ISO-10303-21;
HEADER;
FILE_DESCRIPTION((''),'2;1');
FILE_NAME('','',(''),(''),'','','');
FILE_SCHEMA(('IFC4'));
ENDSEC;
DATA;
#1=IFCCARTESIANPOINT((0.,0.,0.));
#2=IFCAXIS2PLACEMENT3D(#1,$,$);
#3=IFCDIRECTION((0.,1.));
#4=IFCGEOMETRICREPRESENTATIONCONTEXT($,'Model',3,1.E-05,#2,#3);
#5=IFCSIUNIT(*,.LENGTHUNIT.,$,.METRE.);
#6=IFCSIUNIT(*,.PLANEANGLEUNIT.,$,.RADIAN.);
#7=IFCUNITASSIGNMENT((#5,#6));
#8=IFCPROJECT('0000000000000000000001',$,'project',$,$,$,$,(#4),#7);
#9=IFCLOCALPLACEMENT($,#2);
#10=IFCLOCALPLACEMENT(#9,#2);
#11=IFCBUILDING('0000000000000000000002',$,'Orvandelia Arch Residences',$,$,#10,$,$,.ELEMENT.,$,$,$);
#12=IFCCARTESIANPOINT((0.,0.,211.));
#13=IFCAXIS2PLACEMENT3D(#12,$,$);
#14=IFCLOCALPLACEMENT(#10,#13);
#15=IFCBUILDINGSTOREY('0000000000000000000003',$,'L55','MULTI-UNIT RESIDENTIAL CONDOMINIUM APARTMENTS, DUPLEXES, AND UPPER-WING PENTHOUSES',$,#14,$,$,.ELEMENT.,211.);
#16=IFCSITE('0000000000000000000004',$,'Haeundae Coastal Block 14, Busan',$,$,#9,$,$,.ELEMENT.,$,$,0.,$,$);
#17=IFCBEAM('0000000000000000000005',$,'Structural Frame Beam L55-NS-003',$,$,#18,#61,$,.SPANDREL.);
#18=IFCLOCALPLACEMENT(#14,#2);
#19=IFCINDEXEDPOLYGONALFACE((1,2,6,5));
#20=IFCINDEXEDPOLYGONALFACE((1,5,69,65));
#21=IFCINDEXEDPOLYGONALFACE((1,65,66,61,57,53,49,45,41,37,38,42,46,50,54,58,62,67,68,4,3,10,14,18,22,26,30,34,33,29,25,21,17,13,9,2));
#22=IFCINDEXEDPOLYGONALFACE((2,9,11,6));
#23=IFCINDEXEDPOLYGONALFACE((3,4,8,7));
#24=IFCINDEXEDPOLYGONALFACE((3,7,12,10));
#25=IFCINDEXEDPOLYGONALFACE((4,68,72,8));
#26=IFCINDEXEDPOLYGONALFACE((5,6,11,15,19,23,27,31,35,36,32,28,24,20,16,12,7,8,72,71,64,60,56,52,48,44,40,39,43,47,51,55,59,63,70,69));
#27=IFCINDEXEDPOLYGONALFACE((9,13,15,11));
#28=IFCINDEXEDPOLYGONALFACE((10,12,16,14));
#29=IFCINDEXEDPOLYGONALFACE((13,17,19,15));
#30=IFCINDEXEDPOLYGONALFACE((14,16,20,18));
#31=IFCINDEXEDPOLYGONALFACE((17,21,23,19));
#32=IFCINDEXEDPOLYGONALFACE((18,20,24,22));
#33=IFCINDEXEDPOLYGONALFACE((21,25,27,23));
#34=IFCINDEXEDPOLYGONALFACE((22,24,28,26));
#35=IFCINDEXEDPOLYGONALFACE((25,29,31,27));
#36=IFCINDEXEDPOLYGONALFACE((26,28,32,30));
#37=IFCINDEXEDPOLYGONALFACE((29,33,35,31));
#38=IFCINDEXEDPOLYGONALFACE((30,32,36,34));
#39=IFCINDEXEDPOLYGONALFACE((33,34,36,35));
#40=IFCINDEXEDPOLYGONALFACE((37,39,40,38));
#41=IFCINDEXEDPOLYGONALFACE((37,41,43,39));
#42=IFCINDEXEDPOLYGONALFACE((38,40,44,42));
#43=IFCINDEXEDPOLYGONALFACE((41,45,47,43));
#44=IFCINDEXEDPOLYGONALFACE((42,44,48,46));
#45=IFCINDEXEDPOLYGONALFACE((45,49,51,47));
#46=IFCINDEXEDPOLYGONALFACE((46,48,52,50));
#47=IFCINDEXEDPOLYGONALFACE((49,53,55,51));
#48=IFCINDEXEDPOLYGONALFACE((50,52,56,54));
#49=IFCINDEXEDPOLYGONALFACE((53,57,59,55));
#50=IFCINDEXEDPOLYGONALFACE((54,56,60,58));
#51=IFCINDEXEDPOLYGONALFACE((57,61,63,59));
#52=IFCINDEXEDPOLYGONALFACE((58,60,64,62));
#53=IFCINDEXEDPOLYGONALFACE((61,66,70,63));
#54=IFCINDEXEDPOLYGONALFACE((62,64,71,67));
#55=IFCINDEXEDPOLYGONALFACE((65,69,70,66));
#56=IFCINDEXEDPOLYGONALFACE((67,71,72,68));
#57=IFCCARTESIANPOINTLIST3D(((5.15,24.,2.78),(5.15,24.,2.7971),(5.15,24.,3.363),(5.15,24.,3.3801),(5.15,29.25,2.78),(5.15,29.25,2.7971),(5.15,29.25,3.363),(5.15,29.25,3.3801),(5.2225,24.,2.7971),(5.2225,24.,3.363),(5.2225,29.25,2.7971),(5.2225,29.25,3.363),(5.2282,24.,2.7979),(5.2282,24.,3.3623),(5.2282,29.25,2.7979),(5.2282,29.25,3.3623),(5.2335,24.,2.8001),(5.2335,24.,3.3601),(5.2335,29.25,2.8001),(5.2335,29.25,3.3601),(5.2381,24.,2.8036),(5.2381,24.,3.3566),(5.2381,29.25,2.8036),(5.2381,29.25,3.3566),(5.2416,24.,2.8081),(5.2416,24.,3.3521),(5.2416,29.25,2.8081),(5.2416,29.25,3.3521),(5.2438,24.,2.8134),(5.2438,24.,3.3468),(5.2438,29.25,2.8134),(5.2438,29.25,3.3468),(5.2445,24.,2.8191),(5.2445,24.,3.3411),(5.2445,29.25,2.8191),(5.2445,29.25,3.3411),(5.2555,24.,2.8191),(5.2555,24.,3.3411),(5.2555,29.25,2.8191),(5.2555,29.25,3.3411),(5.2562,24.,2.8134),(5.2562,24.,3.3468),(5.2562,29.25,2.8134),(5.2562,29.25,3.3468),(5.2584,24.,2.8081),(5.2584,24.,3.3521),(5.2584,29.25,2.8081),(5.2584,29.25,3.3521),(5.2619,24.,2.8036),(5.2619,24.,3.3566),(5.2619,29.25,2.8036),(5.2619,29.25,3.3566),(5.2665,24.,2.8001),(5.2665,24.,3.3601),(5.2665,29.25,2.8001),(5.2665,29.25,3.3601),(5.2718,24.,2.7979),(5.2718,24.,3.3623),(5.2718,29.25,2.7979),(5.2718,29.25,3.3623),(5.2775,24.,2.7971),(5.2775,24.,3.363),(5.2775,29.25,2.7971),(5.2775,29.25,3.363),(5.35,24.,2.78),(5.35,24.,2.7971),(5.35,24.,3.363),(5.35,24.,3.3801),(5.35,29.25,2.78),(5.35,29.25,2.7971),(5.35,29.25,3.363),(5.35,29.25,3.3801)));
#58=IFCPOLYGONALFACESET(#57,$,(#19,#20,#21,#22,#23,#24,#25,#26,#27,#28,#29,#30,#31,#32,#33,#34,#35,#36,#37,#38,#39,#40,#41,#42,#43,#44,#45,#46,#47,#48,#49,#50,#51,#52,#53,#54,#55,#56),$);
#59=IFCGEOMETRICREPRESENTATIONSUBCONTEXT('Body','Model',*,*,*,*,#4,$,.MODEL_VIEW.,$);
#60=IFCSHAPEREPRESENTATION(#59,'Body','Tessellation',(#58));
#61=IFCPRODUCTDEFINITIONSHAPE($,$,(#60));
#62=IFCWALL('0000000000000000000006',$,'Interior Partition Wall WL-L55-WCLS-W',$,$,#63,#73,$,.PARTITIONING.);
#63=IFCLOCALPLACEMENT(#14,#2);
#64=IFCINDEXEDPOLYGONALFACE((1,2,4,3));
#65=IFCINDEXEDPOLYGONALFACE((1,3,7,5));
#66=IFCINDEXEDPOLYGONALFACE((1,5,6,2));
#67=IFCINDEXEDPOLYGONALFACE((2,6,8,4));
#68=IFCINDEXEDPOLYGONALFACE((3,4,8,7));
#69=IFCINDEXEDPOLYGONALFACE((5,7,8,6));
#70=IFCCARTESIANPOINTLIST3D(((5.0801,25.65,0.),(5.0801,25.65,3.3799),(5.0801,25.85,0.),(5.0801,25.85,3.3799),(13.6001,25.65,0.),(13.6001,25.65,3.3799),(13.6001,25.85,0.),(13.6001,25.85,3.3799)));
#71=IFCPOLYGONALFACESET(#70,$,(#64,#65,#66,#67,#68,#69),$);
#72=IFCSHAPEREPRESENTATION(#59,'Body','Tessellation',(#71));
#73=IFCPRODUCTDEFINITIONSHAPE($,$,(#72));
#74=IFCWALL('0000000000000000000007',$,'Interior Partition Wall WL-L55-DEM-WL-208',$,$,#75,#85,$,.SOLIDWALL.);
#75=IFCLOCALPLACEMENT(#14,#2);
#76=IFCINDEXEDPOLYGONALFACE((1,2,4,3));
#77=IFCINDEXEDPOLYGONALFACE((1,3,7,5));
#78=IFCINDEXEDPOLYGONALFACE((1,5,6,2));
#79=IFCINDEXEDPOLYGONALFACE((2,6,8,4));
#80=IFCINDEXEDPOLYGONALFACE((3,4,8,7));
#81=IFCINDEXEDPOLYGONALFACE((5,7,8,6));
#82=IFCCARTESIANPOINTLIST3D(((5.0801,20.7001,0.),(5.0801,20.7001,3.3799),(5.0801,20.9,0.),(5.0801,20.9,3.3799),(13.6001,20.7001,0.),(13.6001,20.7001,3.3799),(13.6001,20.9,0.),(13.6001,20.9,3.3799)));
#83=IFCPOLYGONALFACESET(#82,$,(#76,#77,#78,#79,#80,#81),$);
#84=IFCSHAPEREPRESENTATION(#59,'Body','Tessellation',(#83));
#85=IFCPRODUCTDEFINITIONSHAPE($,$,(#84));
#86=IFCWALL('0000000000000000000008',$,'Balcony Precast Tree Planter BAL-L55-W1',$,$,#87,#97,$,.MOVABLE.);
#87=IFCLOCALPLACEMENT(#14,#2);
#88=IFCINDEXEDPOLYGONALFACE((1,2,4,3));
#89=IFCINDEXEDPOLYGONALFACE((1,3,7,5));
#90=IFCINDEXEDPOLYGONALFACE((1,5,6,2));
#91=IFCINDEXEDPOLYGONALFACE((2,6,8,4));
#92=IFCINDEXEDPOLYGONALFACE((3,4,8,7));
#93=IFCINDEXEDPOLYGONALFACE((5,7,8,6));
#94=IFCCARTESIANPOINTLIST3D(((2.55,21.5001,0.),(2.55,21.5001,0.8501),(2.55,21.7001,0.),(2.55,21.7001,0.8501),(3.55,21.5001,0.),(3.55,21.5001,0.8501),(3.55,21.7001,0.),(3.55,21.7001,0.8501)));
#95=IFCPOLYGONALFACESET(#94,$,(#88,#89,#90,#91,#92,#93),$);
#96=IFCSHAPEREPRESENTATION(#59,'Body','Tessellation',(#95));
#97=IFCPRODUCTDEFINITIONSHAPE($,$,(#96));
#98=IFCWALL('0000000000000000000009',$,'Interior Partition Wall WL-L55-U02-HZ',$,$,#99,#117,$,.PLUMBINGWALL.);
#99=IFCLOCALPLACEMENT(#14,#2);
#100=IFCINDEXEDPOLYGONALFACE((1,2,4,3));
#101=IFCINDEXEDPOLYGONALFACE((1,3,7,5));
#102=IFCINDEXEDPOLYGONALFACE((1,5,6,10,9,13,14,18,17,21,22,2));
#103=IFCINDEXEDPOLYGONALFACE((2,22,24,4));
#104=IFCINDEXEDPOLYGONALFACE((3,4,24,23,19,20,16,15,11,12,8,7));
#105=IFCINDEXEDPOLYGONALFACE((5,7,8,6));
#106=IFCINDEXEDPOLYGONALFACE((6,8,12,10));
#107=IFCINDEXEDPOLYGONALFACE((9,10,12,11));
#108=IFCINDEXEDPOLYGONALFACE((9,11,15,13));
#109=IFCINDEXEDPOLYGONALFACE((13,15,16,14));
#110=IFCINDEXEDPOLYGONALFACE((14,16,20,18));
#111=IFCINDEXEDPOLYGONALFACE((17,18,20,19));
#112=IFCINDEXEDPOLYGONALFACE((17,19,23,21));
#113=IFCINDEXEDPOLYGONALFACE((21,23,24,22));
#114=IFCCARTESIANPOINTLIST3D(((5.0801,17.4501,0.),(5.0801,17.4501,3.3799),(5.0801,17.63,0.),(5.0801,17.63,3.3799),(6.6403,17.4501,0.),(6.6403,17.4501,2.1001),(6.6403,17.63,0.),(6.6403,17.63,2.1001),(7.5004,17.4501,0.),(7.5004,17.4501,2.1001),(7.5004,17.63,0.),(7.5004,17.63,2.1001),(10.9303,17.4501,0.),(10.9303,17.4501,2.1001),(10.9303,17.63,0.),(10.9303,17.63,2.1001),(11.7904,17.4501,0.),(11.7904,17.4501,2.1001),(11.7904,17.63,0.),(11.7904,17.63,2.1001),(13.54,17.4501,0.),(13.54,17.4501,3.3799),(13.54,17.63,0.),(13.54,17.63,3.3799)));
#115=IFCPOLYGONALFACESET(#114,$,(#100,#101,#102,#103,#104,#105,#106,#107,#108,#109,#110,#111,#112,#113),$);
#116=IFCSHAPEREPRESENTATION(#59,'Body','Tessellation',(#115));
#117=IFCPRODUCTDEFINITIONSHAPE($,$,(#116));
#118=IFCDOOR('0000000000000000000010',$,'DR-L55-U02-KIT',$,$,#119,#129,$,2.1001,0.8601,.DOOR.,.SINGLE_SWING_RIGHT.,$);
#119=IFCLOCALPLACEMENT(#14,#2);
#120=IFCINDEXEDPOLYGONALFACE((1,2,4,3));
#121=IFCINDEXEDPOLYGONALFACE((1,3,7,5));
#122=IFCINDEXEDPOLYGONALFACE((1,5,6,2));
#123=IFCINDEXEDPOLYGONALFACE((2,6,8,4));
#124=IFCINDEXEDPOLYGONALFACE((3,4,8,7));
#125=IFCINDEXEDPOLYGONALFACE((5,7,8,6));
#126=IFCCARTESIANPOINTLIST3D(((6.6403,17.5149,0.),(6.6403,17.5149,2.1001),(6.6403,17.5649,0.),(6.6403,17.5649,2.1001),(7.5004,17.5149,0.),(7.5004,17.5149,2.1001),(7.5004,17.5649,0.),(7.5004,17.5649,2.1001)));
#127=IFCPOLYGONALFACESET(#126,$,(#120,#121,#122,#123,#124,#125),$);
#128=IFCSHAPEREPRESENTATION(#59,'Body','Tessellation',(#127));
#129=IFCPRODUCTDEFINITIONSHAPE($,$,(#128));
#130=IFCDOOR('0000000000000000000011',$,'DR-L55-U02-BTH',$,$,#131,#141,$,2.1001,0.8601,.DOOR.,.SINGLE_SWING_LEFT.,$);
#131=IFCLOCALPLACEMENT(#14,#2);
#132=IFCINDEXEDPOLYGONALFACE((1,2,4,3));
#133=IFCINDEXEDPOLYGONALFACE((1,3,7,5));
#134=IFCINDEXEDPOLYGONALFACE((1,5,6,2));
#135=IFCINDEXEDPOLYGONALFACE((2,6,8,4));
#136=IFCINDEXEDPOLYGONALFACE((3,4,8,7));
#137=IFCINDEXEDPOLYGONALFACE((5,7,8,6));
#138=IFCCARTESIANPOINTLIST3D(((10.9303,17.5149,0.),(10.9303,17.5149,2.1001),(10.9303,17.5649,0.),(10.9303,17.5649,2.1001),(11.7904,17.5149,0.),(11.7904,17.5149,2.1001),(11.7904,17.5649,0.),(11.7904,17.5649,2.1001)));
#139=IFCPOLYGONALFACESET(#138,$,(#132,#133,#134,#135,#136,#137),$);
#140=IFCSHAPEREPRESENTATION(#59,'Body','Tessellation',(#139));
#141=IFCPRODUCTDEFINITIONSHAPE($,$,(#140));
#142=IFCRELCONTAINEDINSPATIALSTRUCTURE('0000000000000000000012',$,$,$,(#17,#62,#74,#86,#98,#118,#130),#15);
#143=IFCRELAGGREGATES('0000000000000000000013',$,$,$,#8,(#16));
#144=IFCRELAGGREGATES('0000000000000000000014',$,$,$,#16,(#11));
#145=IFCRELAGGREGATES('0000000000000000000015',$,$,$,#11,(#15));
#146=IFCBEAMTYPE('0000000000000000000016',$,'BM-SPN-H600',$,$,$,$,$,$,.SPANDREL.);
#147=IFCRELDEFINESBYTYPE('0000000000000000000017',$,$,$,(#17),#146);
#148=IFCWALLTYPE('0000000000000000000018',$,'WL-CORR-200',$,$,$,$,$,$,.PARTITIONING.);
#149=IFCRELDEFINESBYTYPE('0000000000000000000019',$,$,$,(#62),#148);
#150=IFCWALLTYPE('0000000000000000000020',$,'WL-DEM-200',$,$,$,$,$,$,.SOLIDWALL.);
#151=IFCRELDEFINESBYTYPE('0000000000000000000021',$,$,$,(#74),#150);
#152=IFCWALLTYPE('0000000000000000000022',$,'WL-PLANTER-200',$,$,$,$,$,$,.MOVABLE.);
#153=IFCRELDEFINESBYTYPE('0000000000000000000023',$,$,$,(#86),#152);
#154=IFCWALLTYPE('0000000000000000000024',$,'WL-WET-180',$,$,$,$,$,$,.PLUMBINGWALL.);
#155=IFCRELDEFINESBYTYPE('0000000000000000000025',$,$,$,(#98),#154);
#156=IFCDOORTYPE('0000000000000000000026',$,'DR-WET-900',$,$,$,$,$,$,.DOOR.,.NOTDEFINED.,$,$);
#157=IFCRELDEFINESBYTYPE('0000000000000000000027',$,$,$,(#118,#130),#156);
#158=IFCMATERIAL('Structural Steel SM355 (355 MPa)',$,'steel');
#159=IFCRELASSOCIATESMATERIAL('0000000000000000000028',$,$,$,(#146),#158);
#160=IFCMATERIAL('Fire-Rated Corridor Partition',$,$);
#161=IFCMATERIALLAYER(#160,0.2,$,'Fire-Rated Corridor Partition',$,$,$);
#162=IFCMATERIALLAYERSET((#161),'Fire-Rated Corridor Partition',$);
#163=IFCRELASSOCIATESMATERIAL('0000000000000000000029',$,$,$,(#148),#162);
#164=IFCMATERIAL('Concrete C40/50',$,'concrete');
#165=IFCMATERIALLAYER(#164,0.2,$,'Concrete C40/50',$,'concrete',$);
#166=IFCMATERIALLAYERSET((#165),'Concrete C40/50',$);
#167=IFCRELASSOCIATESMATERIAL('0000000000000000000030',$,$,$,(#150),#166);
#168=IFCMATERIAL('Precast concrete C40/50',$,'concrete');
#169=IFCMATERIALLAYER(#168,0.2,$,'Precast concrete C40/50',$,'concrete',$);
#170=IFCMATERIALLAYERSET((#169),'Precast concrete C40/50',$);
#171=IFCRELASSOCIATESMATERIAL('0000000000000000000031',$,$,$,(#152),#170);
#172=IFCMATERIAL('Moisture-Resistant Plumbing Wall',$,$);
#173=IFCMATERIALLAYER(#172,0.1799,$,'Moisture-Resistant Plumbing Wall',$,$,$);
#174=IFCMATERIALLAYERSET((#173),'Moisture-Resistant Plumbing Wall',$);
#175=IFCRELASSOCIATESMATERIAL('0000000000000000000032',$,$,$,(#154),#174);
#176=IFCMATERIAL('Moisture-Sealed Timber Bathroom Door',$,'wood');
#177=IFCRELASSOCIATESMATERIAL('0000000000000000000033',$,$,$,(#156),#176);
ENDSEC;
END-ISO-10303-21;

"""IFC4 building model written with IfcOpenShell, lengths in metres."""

from ifc_helpers import new_model, si_unit, direction, frame, frame_2d, origin, origin_2d, place, context, subcontext, project, spatial, rectangle, i_section, extrude, material, layer, layer_set, material_profile, profile_set, type_object, element, fill, save


model = new_model("IFC4")

# Units and contexts
model_context = context("Model", 3, precision=1e-05, world=origin(), true_north=direction((0.0, 1.0)))
body_context = subcontext(model_context, "Body", "Model", "MODEL_VIEW")
ifc_project = project(units=[si_unit("LENGTHUNIT", "METRE"), si_unit("PLANEANGLEUNIT", "RADIAN")], contexts=[model_context])

# Site, building, storey
site_placement = place(None, origin())
site = spatial("IfcSite", under=ifc_project, at=site_placement, Name="Haeundae Coastal Block 14, Busan", CompositionType="ELEMENT", RefElevation=0.0)
building_placement = place(site_placement, origin())
building = spatial("IfcBuilding", under=site, at=building_placement, Name="Orvandelia Arch Residences", CompositionType="ELEMENT")
storey_placement = place(building_placement, frame((0.0, 0.0, 211.0)))
storey = spatial("IfcBuildingStorey", under=building, at=storey_placement, Name="L55", Description="MULTI-UNIT RESIDENTIAL CONDOMINIUM APARTMENTS, DUPLEXES, AND UPPER-WING PENTHOUSES", CompositionType="ELEMENT", Elevation=211.0)

# Beam
ifc_material_1 = material(Name="Structural Steel SM355 (355 MPa)", Category="steel")
ifc_material_profile_1 = material_profile(ifc_material_1, i_section(OverallWidth=0.2, OverallDepth=0.6001, WebThickness=0.011, FlangeThickness=0.0171, FilletRadius=0.022, at=origin_2d()), Name="Structural Steel SM355 (355 MPa)", Category="steel")
ifc_profile_set_1 = profile_set([ifc_material_profile_1], Name="Structural Steel SM355 (355 MPa)")
beam_type_1 = type_object("IfcBeamType", Name="BM-SPN-H600", PredefinedType="SPANDREL", material=ifc_profile_set_1)
beam_1_placement = place(storey_placement, frame((5.25, 24.0, 3.0801), z_axis=(0.0, 1.0, 0.0), x_axis=(-1.0, 0.0, 0.0)))
element("IfcBeam", 1, at=beam_1_placement, inside=storey, type_object=beam_type_1, Name="Structural Frame Beam L55-NS-003", PredefinedType="SPANDREL", context=body_context, shape_type="SweptSolid", body=[
    extrude(i_section(OverallWidth=0.2, OverallDepth=0.6001, WebThickness=0.011, FlangeThickness=0.0171, FilletRadius=0.022, at=origin_2d()), origin(), (0.0, 0.0, 1.0), 5.25),
])

# Walls
ifc_material_2 = material(Name="Fire-Rated Corridor Partition")
ifc_layer_1 = layer(ifc_material_2, 0.2, Name="Fire-Rated Corridor Partition")
ifc_layer_set_1 = layer_set([ifc_layer_1], Name="Fire-Rated Corridor Partition")
wall_type_1 = type_object("IfcWallType", Name="WL-CORR-200", PredefinedType="PARTITIONING", material=ifc_layer_set_1)
wall_1_placement = place(storey_placement, frame((5.0801, 25.75, 0.0), z_axis=(0.0, 0.0, 1.0), x_axis=(1.0, 0.0, 0.0)))
element("IfcWall", 2, at=wall_1_placement, inside=storey, type_object=wall_type_1, Name="Interior Partition Wall WL-L55-WCLS-W", PredefinedType="PARTITIONING", context=body_context, shape_type="SweptSolid", body=[
    extrude(rectangle(XDim=8.52, YDim=0.2, at=frame_2d((4.26, 0.0))), origin(), (0.0, 0.0, 1.0), 3.3799),
])
ifc_material_3 = material(Name="Concrete C40/50", Category="concrete")
ifc_layer_2 = layer(ifc_material_3, 0.2, Name="Concrete C40/50", Category="concrete")
ifc_layer_set_2 = layer_set([ifc_layer_2], Name="Concrete C40/50")
wall_type_2 = type_object("IfcWallType", Name="WL-DEM-200", PredefinedType="SOLIDWALL", material=ifc_layer_set_2)
wall_2_placement = place(storey_placement, frame((5.0801, 20.8, 0.0), z_axis=(0.0, 0.0, 1.0), x_axis=(1.0, 0.0, 0.0)))
element("IfcWall", 3, at=wall_2_placement, inside=storey, type_object=wall_type_2, Name="Interior Partition Wall WL-L55-DEM-WL-208", PredefinedType="SOLIDWALL", context=body_context, shape_type="SweptSolid", body=[
    extrude(rectangle(XDim=8.52, YDim=0.2, at=frame_2d((4.26, 0.0))), origin(), (0.0, 0.0, 1.0), 3.3799),
])
ifc_material_4 = material(Name="Precast concrete C40/50", Category="concrete")
ifc_layer_3 = layer(ifc_material_4, 0.2, Name="Precast concrete C40/50", Category="concrete")
ifc_layer_set_3 = layer_set([ifc_layer_3], Name="Precast concrete C40/50")
wall_type_3 = type_object("IfcWallType", Name="WL-PLANTER-200", PredefinedType="MOVABLE", material=ifc_layer_set_3)
wall_3_placement = place(storey_placement, frame((2.55, 21.6001, 0.0), z_axis=(0.0, 0.0, 1.0), x_axis=(1.0, 0.0, 0.0)))
element("IfcWall", 4, at=wall_3_placement, inside=storey, type_object=wall_type_3, Name="Balcony Precast Tree Planter BAL-L55-W1", PredefinedType="MOVABLE", context=body_context, shape_type="SweptSolid", body=[
    extrude(rectangle(XDim=1.0, YDim=0.2, at=frame_2d((0.5, 0.0))), origin(), (0.0, 0.0, 1.0), 0.8501),
])

# Wall, openings, doors
ifc_material_5 = material(Name="Moisture-Resistant Plumbing Wall")
ifc_layer_4 = layer(ifc_material_5, 0.1799, Name="Moisture-Resistant Plumbing Wall")
ifc_layer_set_4 = layer_set([ifc_layer_4], Name="Moisture-Resistant Plumbing Wall")
wall_type_4 = type_object("IfcWallType", Name="WL-WET-180", PredefinedType="PLUMBINGWALL", material=ifc_layer_set_4)
wall_4_placement = place(storey_placement, frame((5.0801, 17.54, 0.0), z_axis=(0.0, 0.0, 1.0), x_axis=(1.0, 0.0, 0.0)))
wall_4 = element("IfcWall", 5, at=wall_4_placement, inside=storey, type_object=wall_type_4, Name="Interior Partition Wall WL-L55-U02-HZ", PredefinedType="PLUMBINGWALL", context=body_context, shape_type="SweptSolid", body=[
    extrude(rectangle(XDim=8.46, YDim=0.1799, at=frame_2d((4.23, 0.0))), origin(), (0.0, 0.0, 1.0), 3.3799),
])
opening_1_placement = place(wall_4_placement, frame((1.5601, 0.0, 0.0)))
opening_1 = element("IfcOpeningElement", 6, at=opening_1_placement, cuts=wall_4, PredefinedType="OPENING", context=body_context, shape_type="SweptSolid", body=[
    extrude(rectangle(XDim=0.8601, YDim=2.1001, at=frame_2d((0.4302, 1.05))), frame((0.0, 0.1001, 0.0), z_axis=(0.0, -1.0, 0.0), x_axis=(1.0, 0.0, 0.0)), (0.0, 0.0, 1.0), 0.2),
])
opening_2_placement = place(wall_4_placement, frame((5.8501, 0.0, 0.0)))
opening_2 = element("IfcOpeningElement", 7, at=opening_2_placement, cuts=wall_4, PredefinedType="OPENING", context=body_context, shape_type="SweptSolid", body=[
    extrude(rectangle(XDim=0.8601, YDim=2.1001, at=frame_2d((0.4302, 1.05))), frame((0.0, 0.1001, 0.0), z_axis=(0.0, -1.0, 0.0), x_axis=(1.0, 0.0, 0.0)), (0.0, 0.0, 1.0), 0.2),
])
ifc_material_6 = material(Name="Moisture-Sealed Timber Bathroom Door", Category="wood")
door_type = type_object("IfcDoorType", Name="DR-WET-900", OperationType="NOTDEFINED", PredefinedType="DOOR", material=ifc_material_6)
door_1_placement = place(opening_1_placement, origin())
door_1 = element("IfcDoor", 8, at=door_1_placement, inside=storey, type_object=door_type, Name="DR-L55-U02-KIT", OperationType="SINGLE_SWING_RIGHT", OverallHeight=2.1001, OverallWidth=0.8601, PredefinedType="DOOR", context=body_context, shape_type="SweptSolid", body=[
    extrude(rectangle(XDim=0.8601, YDim=2.1001, at=frame_2d((0.4302, 1.05))), frame((0.0, 0.0249, 0.0), z_axis=(0.0, -1.0, 0.0), x_axis=(1.0, 0.0, 0.0)), (0.0, 0.0, 1.0), 0.05),
])
fill(opening_1, door_1)
door_2_placement = place(opening_2_placement, origin())
door_2 = element("IfcDoor", 9, at=door_2_placement, inside=storey, type_object=door_type, Name="DR-L55-U02-BTH", OperationType="SINGLE_SWING_LEFT", OverallHeight=2.1001, OverallWidth=0.8601, PredefinedType="DOOR", context=body_context, shape_type="SweptSolid", body=[
    extrude(rectangle(XDim=0.8601, YDim=2.1001, at=frame_2d((0.4302, 1.05))), frame((0.0, 0.0249, 0.0), z_axis=(0.0, -1.0, 0.0), x_axis=(1.0, 0.0, 0.0)), (0.0, 0.0, 1.0), 0.05),
])
fill(opening_2, door_2)

save(model, "model.ifc")
